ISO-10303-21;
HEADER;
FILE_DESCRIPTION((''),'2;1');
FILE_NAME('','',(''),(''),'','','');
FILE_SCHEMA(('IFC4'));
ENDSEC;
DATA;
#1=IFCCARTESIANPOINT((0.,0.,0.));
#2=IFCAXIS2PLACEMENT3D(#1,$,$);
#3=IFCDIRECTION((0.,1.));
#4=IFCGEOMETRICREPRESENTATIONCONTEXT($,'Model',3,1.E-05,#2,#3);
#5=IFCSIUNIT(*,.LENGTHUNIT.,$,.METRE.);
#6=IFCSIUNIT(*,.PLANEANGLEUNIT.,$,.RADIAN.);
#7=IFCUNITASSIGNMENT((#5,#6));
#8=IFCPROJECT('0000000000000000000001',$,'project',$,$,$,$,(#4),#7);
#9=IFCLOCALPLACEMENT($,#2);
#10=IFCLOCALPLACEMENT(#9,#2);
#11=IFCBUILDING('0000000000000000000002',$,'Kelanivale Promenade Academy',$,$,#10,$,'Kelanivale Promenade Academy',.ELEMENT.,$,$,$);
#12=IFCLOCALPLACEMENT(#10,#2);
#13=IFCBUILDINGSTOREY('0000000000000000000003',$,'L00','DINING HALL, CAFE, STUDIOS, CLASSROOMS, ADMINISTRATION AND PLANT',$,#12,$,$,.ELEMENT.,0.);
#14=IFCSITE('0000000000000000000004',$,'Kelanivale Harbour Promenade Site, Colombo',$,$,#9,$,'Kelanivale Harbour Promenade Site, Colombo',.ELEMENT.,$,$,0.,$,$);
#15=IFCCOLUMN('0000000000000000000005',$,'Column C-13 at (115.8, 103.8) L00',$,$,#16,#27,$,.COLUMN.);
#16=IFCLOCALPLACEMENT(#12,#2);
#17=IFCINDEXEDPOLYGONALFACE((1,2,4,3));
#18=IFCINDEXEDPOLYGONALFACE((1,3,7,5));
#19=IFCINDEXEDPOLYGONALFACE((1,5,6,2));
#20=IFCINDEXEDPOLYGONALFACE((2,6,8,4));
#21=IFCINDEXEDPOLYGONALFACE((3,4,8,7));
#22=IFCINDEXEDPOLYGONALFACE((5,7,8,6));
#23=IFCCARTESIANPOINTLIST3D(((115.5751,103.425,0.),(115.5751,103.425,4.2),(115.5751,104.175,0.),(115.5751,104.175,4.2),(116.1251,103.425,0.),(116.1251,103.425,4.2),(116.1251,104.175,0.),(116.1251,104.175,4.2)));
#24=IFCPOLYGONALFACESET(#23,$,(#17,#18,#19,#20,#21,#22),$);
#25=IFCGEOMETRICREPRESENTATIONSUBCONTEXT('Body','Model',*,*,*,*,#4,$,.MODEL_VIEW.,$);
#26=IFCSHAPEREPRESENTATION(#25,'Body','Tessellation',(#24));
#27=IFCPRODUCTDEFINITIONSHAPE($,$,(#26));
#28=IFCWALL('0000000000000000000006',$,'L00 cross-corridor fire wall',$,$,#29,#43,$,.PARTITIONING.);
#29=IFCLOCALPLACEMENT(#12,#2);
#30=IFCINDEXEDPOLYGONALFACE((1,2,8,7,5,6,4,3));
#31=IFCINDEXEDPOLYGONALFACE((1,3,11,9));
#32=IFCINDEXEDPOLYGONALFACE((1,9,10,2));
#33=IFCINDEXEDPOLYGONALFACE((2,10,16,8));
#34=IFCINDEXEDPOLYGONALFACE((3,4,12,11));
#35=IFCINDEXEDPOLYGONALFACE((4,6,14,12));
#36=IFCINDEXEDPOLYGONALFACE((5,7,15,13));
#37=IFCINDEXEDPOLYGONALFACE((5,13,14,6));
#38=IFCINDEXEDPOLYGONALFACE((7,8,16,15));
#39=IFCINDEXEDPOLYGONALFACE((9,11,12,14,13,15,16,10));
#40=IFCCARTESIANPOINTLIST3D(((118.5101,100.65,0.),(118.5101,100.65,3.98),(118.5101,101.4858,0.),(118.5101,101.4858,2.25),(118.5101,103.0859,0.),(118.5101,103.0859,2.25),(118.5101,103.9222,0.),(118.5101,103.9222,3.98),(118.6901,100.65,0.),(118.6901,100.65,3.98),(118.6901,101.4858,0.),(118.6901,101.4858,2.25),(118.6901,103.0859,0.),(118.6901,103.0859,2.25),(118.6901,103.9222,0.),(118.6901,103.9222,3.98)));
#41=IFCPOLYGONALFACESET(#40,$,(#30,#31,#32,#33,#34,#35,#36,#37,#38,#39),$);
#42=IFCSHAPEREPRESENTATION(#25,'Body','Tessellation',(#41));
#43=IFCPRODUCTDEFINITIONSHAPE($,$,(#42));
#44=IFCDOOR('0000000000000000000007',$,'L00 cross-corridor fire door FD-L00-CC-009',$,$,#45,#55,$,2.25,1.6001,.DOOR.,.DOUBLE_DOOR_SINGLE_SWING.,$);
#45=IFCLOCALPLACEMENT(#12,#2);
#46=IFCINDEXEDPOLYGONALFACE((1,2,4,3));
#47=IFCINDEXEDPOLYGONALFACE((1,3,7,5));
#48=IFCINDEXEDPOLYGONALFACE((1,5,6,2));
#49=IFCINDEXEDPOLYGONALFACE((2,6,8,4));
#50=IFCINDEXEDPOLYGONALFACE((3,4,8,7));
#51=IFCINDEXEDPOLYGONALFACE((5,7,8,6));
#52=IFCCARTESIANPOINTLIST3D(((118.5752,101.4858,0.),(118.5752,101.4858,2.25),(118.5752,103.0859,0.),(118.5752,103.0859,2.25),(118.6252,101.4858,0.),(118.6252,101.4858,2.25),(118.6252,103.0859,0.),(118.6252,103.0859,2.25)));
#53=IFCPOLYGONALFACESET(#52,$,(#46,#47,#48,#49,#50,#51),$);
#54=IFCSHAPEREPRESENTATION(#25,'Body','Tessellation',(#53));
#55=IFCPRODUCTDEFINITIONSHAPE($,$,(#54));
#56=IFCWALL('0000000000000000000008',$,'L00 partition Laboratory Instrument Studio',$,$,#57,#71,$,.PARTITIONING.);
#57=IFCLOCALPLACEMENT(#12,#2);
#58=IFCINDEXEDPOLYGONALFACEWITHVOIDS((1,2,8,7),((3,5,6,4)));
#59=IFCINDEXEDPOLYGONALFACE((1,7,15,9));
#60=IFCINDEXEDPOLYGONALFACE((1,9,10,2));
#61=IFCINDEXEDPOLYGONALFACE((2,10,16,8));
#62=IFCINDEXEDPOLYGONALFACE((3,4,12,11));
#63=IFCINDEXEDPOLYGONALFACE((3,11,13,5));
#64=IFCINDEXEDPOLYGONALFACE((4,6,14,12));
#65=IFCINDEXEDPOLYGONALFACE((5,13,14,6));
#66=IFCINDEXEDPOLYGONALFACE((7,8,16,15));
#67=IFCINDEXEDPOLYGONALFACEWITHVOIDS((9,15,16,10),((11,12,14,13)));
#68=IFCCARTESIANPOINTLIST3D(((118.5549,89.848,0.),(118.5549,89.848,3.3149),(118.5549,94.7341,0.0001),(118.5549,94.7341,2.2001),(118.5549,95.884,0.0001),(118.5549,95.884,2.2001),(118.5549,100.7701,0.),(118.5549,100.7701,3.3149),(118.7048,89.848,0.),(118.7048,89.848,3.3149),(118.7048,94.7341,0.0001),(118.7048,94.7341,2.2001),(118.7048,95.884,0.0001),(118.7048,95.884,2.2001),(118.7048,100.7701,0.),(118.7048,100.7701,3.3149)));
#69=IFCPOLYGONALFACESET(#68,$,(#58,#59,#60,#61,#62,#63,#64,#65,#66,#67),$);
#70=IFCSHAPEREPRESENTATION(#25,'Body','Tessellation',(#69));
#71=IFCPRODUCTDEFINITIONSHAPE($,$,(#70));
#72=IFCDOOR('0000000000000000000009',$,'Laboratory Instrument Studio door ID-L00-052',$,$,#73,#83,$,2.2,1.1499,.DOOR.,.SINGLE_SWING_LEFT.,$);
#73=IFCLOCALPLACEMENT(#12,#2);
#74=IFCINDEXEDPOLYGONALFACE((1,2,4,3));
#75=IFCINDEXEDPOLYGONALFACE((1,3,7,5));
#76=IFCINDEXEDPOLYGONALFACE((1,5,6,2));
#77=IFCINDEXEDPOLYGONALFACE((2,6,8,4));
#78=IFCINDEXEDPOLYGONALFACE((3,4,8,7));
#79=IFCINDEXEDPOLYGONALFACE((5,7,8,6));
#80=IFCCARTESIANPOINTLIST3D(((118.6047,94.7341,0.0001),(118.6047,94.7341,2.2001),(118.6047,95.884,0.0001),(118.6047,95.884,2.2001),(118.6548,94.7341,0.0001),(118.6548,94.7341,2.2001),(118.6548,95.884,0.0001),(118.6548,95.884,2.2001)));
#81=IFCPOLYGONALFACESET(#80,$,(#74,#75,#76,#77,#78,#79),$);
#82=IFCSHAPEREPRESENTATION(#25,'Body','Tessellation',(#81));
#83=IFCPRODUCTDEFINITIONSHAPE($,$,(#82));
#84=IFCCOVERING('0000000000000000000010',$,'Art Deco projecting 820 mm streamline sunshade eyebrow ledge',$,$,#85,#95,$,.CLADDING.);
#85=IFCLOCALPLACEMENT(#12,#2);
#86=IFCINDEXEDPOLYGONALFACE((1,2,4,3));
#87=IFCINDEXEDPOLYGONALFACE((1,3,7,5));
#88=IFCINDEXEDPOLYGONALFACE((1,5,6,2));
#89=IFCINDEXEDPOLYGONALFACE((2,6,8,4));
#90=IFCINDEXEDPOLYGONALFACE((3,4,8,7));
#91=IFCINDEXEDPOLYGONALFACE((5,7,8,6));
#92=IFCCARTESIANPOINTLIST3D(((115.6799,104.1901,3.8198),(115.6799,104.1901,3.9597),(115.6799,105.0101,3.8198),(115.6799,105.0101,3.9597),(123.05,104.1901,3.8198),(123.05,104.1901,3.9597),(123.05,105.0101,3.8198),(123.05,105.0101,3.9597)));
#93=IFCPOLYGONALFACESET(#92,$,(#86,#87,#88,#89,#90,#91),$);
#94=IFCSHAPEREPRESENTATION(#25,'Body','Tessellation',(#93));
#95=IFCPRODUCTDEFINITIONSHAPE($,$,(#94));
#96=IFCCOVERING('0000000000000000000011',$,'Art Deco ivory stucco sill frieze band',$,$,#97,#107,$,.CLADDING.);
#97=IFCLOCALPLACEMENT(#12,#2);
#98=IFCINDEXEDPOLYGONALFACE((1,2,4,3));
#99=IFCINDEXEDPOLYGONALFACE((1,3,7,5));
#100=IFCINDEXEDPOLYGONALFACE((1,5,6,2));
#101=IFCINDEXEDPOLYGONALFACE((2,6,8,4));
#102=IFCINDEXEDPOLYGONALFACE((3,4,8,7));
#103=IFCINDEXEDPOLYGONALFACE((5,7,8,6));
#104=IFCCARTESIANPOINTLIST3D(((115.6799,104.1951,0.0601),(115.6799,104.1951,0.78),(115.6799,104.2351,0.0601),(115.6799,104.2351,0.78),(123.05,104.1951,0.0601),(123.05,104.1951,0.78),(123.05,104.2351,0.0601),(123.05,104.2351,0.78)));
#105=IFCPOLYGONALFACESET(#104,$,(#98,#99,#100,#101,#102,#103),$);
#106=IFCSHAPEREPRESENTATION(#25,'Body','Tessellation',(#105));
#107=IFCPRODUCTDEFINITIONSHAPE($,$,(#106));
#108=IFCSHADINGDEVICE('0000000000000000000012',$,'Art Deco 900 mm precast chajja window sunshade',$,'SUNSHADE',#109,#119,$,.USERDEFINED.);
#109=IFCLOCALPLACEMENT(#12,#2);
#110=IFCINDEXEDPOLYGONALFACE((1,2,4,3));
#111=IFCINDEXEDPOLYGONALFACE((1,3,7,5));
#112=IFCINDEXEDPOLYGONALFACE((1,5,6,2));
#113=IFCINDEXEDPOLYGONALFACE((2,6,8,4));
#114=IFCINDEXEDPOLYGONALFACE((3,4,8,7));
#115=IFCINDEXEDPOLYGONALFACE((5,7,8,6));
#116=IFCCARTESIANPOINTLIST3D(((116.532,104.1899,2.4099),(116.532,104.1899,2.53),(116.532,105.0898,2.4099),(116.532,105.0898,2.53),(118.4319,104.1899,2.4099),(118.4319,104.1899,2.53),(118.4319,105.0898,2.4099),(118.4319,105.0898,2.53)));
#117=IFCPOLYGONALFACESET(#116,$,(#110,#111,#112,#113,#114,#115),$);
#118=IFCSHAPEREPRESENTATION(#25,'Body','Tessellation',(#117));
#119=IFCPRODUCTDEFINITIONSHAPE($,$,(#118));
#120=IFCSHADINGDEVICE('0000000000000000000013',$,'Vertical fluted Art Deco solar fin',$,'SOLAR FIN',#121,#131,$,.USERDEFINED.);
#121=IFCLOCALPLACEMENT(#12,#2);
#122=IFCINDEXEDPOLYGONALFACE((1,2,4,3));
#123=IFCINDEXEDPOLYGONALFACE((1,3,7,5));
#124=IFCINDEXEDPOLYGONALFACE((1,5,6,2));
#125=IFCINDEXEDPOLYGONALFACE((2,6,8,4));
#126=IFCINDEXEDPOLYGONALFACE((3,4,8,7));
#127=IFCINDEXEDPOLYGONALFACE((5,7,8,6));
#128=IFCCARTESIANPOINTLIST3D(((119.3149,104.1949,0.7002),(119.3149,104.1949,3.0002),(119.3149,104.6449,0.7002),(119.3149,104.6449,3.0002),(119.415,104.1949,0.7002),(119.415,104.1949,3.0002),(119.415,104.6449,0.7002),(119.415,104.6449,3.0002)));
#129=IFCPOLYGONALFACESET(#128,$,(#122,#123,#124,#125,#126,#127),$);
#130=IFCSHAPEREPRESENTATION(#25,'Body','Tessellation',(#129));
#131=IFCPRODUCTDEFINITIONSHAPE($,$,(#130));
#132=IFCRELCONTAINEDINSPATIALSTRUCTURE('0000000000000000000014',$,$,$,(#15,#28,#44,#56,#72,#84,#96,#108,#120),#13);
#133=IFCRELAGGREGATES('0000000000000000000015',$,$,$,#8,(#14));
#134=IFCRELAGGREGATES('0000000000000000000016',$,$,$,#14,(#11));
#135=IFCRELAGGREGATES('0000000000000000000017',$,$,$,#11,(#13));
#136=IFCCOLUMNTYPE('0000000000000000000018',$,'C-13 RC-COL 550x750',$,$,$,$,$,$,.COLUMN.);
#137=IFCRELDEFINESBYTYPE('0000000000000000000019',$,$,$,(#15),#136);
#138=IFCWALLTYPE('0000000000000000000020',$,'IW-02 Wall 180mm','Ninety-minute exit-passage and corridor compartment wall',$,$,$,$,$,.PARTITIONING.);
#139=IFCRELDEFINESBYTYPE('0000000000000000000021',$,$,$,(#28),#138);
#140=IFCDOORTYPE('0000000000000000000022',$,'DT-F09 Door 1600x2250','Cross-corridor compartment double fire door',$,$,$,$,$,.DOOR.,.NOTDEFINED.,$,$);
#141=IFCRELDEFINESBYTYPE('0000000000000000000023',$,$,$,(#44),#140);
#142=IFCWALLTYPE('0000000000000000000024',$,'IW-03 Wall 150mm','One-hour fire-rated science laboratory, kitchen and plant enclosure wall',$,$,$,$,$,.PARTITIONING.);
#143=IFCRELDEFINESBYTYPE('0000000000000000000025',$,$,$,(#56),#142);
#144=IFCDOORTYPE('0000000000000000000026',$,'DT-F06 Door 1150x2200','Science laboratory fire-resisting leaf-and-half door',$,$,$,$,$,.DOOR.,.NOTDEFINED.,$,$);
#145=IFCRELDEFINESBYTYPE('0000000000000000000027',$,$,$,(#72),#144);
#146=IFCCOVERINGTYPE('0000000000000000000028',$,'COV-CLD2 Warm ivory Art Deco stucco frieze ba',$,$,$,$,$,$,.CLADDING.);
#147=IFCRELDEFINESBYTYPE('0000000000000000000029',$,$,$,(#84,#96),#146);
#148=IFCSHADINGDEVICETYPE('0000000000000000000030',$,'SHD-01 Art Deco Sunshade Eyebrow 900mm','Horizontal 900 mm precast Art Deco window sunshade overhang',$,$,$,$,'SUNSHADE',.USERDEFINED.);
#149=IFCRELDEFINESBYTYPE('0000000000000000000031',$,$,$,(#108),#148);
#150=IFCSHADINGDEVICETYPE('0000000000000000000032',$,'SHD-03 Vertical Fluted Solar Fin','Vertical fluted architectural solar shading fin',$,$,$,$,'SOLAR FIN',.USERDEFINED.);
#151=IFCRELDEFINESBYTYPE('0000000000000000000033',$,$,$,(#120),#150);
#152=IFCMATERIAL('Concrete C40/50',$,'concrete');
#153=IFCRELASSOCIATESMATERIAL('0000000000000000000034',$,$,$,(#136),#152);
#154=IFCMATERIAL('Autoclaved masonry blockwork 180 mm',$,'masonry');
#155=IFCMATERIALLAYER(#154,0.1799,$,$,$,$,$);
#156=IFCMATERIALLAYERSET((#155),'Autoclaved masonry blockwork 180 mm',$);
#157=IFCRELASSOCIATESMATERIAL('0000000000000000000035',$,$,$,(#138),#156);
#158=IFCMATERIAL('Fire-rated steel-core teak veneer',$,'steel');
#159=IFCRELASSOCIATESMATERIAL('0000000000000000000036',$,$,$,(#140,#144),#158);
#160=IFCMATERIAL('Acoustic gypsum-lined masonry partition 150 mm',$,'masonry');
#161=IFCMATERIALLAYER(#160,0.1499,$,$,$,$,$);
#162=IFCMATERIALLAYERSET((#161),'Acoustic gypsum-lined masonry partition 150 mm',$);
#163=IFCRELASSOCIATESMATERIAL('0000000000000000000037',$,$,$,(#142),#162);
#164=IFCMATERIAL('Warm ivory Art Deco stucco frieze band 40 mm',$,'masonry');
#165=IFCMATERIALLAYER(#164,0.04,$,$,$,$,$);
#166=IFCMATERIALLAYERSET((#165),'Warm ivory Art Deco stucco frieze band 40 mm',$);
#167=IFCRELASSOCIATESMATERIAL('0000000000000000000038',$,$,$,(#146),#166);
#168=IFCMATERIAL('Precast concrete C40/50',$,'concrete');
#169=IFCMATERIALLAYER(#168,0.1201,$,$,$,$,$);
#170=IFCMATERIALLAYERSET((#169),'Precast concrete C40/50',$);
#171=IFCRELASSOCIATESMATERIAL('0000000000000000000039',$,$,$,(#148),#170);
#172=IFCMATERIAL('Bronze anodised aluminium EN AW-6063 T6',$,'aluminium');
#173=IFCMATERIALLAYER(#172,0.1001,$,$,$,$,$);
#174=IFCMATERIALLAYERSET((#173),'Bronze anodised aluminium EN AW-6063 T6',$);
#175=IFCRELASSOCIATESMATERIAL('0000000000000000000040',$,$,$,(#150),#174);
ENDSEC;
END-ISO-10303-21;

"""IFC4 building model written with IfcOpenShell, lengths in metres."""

from ifc_helpers import new_model, si_unit, direction, frame, frame_2d, origin, origin_2d, place, context, subcontext, project, spatial, rectangle, extrude, material, layer, layer_set, material_profile, profile_set, type_object, element, fill, save


model = new_model("IFC4")

# Units and contexts
model_context = context("Model", 3, precision=1e-05, world=origin(), true_north=direction((0.0, 1.0)))
body_context = subcontext(model_context, "Body", "Model", "MODEL_VIEW")
ifc_project = project(units=[si_unit("LENGTHUNIT", "METRE"), si_unit("PLANEANGLEUNIT", "RADIAN")], contexts=[model_context])

# Site, building, storey
site_placement = place(None, origin())
site = spatial("IfcSite", under=ifc_project, at=site_placement, Name="Kelanivale Harbour Promenade Site, Colombo", LongName="Kelanivale Harbour Promenade Site, Colombo", CompositionType="ELEMENT", RefElevation=0.0)
building_placement = place(site_placement, origin())
building = spatial("IfcBuilding", under=site, at=building_placement, Name="Kelanivale Promenade Academy", LongName="Kelanivale Promenade Academy", CompositionType="ELEMENT")
storey_placement = place(building_placement, origin())
storey = spatial("IfcBuildingStorey", under=building, at=storey_placement, Name="L00", Description="DINING HALL, CAFE, STUDIOS, CLASSROOMS, ADMINISTRATION AND PLANT", CompositionType="ELEMENT", Elevation=0.0)

# Column
ifc_material_1 = material(Name="Concrete C40/50", Category="concrete")
ifc_material_profile_1 = material_profile(ifc_material_1, rectangle(XDim=0.55, YDim=0.75, at=origin_2d()), Name="RC-COL 550x750")
ifc_profile_set_1 = profile_set([ifc_material_profile_1], Name="Concrete C40/50")
column_type = type_object("IfcColumnType", Name="C-13 RC-COL 550x750", PredefinedType="COLUMN", material=ifc_profile_set_1)
column_placement = place(storey_placement, frame((115.8501, 103.8, 0.0), z_axis=(0.0, 0.0, 1.0), x_axis=(1.0, 0.0, 0.0)))
element("IfcColumn", 1, at=column_placement, inside=storey, type_object=column_type, Name="Column C-13 at (115.8, 103.8) L00", PredefinedType="COLUMN", context=body_context, shape_type="SweptSolid", body=[
    extrude(rectangle(XDim=0.55, YDim=0.75, at=origin_2d()), origin(), (0.0, 0.0, 1.0), 4.2),
])

# Walls, openings, doors
ifc_material_2 = material(Name="Autoclaved masonry blockwork 180 mm", Category="masonry")
ifc_layer_1 = layer(ifc_material_2, 0.1799)
ifc_layer_set_1 = layer_set([ifc_layer_1], Name="Autoclaved masonry blockwork 180 mm")
wall_type_1 = type_object("IfcWallType", Name="IW-02 Wall 180mm", Description="Ninety-minute exit-passage and corridor compartment wall", PredefinedType="PARTITIONING", material=ifc_layer_set_1)
wall_1_placement = place(storey_placement, frame((118.6001, 100.6499, 0.0), z_axis=(0.0, 0.0, 1.0), x_axis=(0.0, 1.0, 0.0)))
wall_1 = element("IfcWall", 2, at=wall_1_placement, inside=storey, type_object=wall_type_1, Name="L00 cross-corridor fire wall", PredefinedType="PARTITIONING", context=body_context, shape_type="SweptSolid", body=[
    extrude(rectangle(XDim=3.2722, YDim=0.1799, at=frame_2d((1.6362, 0.0))), origin(), (0.0, 0.0, 1.0), 3.98),
])
opening_1_placement = place(wall_1_placement, frame((0.8359, 0.0, 0.0)))
opening_1 = element("IfcOpeningElement", 3, at=opening_1_placement, cuts=wall_1, PredefinedType="OPENING", context=body_context, shape_type="SweptSolid", body=[
    extrude(rectangle(XDim=1.6001, YDim=2.25, at=frame_2d((0.8, 1.125))), frame((0.0, 0.1001, 0.0), z_axis=(0.0, -1.0, 0.0), x_axis=(1.0, 0.0, 0.0)), (0.0, 0.0, 1.0), 0.2),
])
ifc_material_3 = material(Name="Fire-rated steel-core teak veneer", Category="steel")
door_type_1 = type_object("IfcDoorType", Name="DT-F09 Door 1600x2250", Description="Cross-corridor compartment double fire door", OperationType="NOTDEFINED", PredefinedType="DOOR", material=ifc_material_3)
door_1_placement = place(opening_1_placement, origin())
door_1 = element("IfcDoor", 4, at=door_1_placement, inside=storey, type_object=door_type_1, Name="L00 cross-corridor fire door FD-L00-CC-009", OperationType="DOUBLE_DOOR_SINGLE_SWING", OverallHeight=2.25, OverallWidth=1.6001, PredefinedType="DOOR", context=body_context, shape_type="SweptSolid", body=[
    extrude(rectangle(XDim=1.6001, YDim=2.25, at=frame_2d((0.8, 1.125))), frame((0.0, 0.0249, 0.0), z_axis=(0.0, -1.0, 0.0), x_axis=(1.0, 0.0, 0.0)), (0.0, 0.0, 1.0), 0.05),
])
fill(opening_1, door_1)
ifc_material_4 = material(Name="Acoustic gypsum-lined masonry partition 150 mm", Category="masonry")
ifc_layer_2 = layer(ifc_material_4, 0.1499)
ifc_layer_set_2 = layer_set([ifc_layer_2], Name="Acoustic gypsum-lined masonry partition 150 mm")
wall_type_2 = type_object("IfcWallType", Name="IW-03 Wall 150mm", Description="One-hour fire-rated science laboratory, kitchen and plant enclosure wall", PredefinedType="PARTITIONING", material=ifc_layer_set_2)
wall_2_placement = place(storey_placement, frame((118.6299, 100.77, 0.0), z_axis=(0.0, 0.0, 1.0), x_axis=(0.0, -1.0, 0.0)))
wall_2 = element("IfcWall", 5, at=wall_2_placement, inside=storey, type_object=wall_type_2, Name="L00 partition Laboratory Instrument Studio", PredefinedType="PARTITIONING", context=body_context, shape_type="SweptSolid", body=[
    extrude(rectangle(XDim=10.9221, YDim=0.1499, at=frame_2d((5.4609, 0.0))), origin(), (0.0, 0.0, 1.0), 3.3149),
])
opening_2_placement = place(wall_2_placement, frame((4.886, 0.0, 0.0)))
opening_2 = element("IfcOpeningElement", 6, at=opening_2_placement, cuts=wall_2, PredefinedType="OPENING", context=body_context, shape_type="SweptSolid", body=[
    extrude(rectangle(XDim=1.1499, YDim=2.2, at=frame_2d((0.575, 1.1001))), frame((0.0, 0.085, 0.0), z_axis=(0.0, -1.0, 0.0), x_axis=(1.0, 0.0, 0.0)), (0.0, 0.0, 1.0), 0.1699),
])
door_type_2 = type_object("IfcDoorType", Name="DT-F06 Door 1150x2200", Description="Science laboratory fire-resisting leaf-and-half door", OperationType="NOTDEFINED", PredefinedType="DOOR", material=ifc_material_3)
door_2_placement = place(opening_2_placement, origin())
door_2 = element("IfcDoor", 7, at=door_2_placement, inside=storey, type_object=door_type_2, Name="Laboratory Instrument Studio door ID-L00-052", OperationType="SINGLE_SWING_LEFT", OverallHeight=2.2, OverallWidth=1.1499, PredefinedType="DOOR", context=body_context, shape_type="SweptSolid", body=[
    extrude(rectangle(XDim=1.1499, YDim=2.2, at=frame_2d((0.575, 1.1001))), frame((0.0, 0.0249, 0.0), z_axis=(0.0, -1.0, 0.0), x_axis=(1.0, 0.0, 0.0)), (0.0, 0.0, 1.0), 0.05),
])
fill(opening_2, door_2)

# Coverings
ifc_material_5 = material(Name="Warm ivory Art Deco stucco frieze band 40 mm", Category="masonry")
ifc_layer_3 = layer(ifc_material_5, 0.04)
ifc_layer_set_3 = layer_set([ifc_layer_3], Name="Warm ivory Art Deco stucco frieze band 40 mm")
covering_type = type_object("IfcCoveringType", Name="COV-CLD2 Warm ivory Art Deco stucco frieze ba", PredefinedType="CLADDING", material=ifc_layer_set_3)
covering_1_placement = place(storey_placement, frame((119.365, 104.6001, 3.8198), z_axis=(0.0, 0.0, 1.0), x_axis=(-1.0, 0.0, 0.0)))
element("IfcCovering", 8, at=covering_1_placement, inside=storey, type_object=covering_type, Name="Art Deco projecting 820 mm streamline sunshade eyebrow ledge", PredefinedType="CLADDING", context=body_context, shape_type="SweptSolid", body=[
    extrude(rectangle(XDim=7.3701, YDim=0.8201, at=origin_2d()), origin(), (0.0, 0.0, 1.0), 0.1399),
])
covering_2_placement = place(storey_placement, frame((119.365, 104.2151, 0.0601), z_axis=(0.0, 0.0, 1.0), x_axis=(-1.0, 0.0, 0.0)))
element("IfcCovering", 9, at=covering_2_placement, inside=storey, type_object=covering_type, Name="Art Deco ivory stucco sill frieze band", PredefinedType="CLADDING", context=body_context, shape_type="SweptSolid", body=[
    extrude(rectangle(XDim=7.3701, YDim=0.04, at=origin_2d()), origin(), (0.0, 0.0, 1.0), 0.72),
])

# Shading devices
ifc_material_6 = material(Name="Precast concrete C40/50", Category="concrete")
ifc_layer_4 = layer(ifc_material_6, 0.1201)
ifc_layer_set_4 = layer_set([ifc_layer_4], Name="Precast concrete C40/50")
shading_device_type_1 = type_object("IfcShadingDeviceType", Name="SHD-01 Art Deco Sunshade Eyebrow 900mm", Description="Horizontal 900 mm precast Art Deco window sunshade overhang", ElementType="SUNSHADE", PredefinedType="USERDEFINED", material=ifc_layer_set_4)
shading_device_1_placement = place(storey_placement, frame((117.4819, 104.6399, 2.4099), z_axis=(0.0, 0.0, 1.0), x_axis=(-1.0, 0.0, 0.0)))
element("IfcShadingDevice", 10, at=shading_device_1_placement, inside=storey, type_object=shading_device_type_1, Name="Art Deco 900 mm precast chajja window sunshade", ObjectType="SUNSHADE", PredefinedType="USERDEFINED", context=body_context, shape_type="SweptSolid", body=[
    extrude(rectangle(XDim=1.8999, YDim=0.8999, at=origin_2d()), origin(), (0.0, 0.0, 1.0), 0.1201),
])
ifc_material_7 = material(Name="Bronze anodised aluminium EN AW-6063 T6", Category="aluminium")
ifc_layer_5 = layer(ifc_material_7, 0.1001)
ifc_layer_set_5 = layer_set([ifc_layer_5], Name="Bronze anodised aluminium EN AW-6063 T6")
shading_device_type_2 = type_object("IfcShadingDeviceType", Name="SHD-03 Vertical Fluted Solar Fin", Description="Vertical fluted architectural solar shading fin", ElementType="SOLAR FIN", PredefinedType="USERDEFINED", material=ifc_layer_set_5)
shading_device_2_placement = place(storey_placement, frame((119.365, 104.4199, 0.7002), z_axis=(0.0, 0.0, 1.0), x_axis=(-1.0, 0.0, 0.0)))
element("IfcShadingDevice", 11, at=shading_device_2_placement, inside=storey, type_object=shading_device_type_2, Name="Vertical fluted Art Deco solar fin", ObjectType="SOLAR FIN", PredefinedType="USERDEFINED", context=body_context, shape_type="SweptSolid", body=[
    extrude(rectangle(XDim=0.1001, YDim=0.45, at=origin_2d()), origin(), (0.0, 0.0, 1.0), 2.3),
])

save(model, "model.ifc")
